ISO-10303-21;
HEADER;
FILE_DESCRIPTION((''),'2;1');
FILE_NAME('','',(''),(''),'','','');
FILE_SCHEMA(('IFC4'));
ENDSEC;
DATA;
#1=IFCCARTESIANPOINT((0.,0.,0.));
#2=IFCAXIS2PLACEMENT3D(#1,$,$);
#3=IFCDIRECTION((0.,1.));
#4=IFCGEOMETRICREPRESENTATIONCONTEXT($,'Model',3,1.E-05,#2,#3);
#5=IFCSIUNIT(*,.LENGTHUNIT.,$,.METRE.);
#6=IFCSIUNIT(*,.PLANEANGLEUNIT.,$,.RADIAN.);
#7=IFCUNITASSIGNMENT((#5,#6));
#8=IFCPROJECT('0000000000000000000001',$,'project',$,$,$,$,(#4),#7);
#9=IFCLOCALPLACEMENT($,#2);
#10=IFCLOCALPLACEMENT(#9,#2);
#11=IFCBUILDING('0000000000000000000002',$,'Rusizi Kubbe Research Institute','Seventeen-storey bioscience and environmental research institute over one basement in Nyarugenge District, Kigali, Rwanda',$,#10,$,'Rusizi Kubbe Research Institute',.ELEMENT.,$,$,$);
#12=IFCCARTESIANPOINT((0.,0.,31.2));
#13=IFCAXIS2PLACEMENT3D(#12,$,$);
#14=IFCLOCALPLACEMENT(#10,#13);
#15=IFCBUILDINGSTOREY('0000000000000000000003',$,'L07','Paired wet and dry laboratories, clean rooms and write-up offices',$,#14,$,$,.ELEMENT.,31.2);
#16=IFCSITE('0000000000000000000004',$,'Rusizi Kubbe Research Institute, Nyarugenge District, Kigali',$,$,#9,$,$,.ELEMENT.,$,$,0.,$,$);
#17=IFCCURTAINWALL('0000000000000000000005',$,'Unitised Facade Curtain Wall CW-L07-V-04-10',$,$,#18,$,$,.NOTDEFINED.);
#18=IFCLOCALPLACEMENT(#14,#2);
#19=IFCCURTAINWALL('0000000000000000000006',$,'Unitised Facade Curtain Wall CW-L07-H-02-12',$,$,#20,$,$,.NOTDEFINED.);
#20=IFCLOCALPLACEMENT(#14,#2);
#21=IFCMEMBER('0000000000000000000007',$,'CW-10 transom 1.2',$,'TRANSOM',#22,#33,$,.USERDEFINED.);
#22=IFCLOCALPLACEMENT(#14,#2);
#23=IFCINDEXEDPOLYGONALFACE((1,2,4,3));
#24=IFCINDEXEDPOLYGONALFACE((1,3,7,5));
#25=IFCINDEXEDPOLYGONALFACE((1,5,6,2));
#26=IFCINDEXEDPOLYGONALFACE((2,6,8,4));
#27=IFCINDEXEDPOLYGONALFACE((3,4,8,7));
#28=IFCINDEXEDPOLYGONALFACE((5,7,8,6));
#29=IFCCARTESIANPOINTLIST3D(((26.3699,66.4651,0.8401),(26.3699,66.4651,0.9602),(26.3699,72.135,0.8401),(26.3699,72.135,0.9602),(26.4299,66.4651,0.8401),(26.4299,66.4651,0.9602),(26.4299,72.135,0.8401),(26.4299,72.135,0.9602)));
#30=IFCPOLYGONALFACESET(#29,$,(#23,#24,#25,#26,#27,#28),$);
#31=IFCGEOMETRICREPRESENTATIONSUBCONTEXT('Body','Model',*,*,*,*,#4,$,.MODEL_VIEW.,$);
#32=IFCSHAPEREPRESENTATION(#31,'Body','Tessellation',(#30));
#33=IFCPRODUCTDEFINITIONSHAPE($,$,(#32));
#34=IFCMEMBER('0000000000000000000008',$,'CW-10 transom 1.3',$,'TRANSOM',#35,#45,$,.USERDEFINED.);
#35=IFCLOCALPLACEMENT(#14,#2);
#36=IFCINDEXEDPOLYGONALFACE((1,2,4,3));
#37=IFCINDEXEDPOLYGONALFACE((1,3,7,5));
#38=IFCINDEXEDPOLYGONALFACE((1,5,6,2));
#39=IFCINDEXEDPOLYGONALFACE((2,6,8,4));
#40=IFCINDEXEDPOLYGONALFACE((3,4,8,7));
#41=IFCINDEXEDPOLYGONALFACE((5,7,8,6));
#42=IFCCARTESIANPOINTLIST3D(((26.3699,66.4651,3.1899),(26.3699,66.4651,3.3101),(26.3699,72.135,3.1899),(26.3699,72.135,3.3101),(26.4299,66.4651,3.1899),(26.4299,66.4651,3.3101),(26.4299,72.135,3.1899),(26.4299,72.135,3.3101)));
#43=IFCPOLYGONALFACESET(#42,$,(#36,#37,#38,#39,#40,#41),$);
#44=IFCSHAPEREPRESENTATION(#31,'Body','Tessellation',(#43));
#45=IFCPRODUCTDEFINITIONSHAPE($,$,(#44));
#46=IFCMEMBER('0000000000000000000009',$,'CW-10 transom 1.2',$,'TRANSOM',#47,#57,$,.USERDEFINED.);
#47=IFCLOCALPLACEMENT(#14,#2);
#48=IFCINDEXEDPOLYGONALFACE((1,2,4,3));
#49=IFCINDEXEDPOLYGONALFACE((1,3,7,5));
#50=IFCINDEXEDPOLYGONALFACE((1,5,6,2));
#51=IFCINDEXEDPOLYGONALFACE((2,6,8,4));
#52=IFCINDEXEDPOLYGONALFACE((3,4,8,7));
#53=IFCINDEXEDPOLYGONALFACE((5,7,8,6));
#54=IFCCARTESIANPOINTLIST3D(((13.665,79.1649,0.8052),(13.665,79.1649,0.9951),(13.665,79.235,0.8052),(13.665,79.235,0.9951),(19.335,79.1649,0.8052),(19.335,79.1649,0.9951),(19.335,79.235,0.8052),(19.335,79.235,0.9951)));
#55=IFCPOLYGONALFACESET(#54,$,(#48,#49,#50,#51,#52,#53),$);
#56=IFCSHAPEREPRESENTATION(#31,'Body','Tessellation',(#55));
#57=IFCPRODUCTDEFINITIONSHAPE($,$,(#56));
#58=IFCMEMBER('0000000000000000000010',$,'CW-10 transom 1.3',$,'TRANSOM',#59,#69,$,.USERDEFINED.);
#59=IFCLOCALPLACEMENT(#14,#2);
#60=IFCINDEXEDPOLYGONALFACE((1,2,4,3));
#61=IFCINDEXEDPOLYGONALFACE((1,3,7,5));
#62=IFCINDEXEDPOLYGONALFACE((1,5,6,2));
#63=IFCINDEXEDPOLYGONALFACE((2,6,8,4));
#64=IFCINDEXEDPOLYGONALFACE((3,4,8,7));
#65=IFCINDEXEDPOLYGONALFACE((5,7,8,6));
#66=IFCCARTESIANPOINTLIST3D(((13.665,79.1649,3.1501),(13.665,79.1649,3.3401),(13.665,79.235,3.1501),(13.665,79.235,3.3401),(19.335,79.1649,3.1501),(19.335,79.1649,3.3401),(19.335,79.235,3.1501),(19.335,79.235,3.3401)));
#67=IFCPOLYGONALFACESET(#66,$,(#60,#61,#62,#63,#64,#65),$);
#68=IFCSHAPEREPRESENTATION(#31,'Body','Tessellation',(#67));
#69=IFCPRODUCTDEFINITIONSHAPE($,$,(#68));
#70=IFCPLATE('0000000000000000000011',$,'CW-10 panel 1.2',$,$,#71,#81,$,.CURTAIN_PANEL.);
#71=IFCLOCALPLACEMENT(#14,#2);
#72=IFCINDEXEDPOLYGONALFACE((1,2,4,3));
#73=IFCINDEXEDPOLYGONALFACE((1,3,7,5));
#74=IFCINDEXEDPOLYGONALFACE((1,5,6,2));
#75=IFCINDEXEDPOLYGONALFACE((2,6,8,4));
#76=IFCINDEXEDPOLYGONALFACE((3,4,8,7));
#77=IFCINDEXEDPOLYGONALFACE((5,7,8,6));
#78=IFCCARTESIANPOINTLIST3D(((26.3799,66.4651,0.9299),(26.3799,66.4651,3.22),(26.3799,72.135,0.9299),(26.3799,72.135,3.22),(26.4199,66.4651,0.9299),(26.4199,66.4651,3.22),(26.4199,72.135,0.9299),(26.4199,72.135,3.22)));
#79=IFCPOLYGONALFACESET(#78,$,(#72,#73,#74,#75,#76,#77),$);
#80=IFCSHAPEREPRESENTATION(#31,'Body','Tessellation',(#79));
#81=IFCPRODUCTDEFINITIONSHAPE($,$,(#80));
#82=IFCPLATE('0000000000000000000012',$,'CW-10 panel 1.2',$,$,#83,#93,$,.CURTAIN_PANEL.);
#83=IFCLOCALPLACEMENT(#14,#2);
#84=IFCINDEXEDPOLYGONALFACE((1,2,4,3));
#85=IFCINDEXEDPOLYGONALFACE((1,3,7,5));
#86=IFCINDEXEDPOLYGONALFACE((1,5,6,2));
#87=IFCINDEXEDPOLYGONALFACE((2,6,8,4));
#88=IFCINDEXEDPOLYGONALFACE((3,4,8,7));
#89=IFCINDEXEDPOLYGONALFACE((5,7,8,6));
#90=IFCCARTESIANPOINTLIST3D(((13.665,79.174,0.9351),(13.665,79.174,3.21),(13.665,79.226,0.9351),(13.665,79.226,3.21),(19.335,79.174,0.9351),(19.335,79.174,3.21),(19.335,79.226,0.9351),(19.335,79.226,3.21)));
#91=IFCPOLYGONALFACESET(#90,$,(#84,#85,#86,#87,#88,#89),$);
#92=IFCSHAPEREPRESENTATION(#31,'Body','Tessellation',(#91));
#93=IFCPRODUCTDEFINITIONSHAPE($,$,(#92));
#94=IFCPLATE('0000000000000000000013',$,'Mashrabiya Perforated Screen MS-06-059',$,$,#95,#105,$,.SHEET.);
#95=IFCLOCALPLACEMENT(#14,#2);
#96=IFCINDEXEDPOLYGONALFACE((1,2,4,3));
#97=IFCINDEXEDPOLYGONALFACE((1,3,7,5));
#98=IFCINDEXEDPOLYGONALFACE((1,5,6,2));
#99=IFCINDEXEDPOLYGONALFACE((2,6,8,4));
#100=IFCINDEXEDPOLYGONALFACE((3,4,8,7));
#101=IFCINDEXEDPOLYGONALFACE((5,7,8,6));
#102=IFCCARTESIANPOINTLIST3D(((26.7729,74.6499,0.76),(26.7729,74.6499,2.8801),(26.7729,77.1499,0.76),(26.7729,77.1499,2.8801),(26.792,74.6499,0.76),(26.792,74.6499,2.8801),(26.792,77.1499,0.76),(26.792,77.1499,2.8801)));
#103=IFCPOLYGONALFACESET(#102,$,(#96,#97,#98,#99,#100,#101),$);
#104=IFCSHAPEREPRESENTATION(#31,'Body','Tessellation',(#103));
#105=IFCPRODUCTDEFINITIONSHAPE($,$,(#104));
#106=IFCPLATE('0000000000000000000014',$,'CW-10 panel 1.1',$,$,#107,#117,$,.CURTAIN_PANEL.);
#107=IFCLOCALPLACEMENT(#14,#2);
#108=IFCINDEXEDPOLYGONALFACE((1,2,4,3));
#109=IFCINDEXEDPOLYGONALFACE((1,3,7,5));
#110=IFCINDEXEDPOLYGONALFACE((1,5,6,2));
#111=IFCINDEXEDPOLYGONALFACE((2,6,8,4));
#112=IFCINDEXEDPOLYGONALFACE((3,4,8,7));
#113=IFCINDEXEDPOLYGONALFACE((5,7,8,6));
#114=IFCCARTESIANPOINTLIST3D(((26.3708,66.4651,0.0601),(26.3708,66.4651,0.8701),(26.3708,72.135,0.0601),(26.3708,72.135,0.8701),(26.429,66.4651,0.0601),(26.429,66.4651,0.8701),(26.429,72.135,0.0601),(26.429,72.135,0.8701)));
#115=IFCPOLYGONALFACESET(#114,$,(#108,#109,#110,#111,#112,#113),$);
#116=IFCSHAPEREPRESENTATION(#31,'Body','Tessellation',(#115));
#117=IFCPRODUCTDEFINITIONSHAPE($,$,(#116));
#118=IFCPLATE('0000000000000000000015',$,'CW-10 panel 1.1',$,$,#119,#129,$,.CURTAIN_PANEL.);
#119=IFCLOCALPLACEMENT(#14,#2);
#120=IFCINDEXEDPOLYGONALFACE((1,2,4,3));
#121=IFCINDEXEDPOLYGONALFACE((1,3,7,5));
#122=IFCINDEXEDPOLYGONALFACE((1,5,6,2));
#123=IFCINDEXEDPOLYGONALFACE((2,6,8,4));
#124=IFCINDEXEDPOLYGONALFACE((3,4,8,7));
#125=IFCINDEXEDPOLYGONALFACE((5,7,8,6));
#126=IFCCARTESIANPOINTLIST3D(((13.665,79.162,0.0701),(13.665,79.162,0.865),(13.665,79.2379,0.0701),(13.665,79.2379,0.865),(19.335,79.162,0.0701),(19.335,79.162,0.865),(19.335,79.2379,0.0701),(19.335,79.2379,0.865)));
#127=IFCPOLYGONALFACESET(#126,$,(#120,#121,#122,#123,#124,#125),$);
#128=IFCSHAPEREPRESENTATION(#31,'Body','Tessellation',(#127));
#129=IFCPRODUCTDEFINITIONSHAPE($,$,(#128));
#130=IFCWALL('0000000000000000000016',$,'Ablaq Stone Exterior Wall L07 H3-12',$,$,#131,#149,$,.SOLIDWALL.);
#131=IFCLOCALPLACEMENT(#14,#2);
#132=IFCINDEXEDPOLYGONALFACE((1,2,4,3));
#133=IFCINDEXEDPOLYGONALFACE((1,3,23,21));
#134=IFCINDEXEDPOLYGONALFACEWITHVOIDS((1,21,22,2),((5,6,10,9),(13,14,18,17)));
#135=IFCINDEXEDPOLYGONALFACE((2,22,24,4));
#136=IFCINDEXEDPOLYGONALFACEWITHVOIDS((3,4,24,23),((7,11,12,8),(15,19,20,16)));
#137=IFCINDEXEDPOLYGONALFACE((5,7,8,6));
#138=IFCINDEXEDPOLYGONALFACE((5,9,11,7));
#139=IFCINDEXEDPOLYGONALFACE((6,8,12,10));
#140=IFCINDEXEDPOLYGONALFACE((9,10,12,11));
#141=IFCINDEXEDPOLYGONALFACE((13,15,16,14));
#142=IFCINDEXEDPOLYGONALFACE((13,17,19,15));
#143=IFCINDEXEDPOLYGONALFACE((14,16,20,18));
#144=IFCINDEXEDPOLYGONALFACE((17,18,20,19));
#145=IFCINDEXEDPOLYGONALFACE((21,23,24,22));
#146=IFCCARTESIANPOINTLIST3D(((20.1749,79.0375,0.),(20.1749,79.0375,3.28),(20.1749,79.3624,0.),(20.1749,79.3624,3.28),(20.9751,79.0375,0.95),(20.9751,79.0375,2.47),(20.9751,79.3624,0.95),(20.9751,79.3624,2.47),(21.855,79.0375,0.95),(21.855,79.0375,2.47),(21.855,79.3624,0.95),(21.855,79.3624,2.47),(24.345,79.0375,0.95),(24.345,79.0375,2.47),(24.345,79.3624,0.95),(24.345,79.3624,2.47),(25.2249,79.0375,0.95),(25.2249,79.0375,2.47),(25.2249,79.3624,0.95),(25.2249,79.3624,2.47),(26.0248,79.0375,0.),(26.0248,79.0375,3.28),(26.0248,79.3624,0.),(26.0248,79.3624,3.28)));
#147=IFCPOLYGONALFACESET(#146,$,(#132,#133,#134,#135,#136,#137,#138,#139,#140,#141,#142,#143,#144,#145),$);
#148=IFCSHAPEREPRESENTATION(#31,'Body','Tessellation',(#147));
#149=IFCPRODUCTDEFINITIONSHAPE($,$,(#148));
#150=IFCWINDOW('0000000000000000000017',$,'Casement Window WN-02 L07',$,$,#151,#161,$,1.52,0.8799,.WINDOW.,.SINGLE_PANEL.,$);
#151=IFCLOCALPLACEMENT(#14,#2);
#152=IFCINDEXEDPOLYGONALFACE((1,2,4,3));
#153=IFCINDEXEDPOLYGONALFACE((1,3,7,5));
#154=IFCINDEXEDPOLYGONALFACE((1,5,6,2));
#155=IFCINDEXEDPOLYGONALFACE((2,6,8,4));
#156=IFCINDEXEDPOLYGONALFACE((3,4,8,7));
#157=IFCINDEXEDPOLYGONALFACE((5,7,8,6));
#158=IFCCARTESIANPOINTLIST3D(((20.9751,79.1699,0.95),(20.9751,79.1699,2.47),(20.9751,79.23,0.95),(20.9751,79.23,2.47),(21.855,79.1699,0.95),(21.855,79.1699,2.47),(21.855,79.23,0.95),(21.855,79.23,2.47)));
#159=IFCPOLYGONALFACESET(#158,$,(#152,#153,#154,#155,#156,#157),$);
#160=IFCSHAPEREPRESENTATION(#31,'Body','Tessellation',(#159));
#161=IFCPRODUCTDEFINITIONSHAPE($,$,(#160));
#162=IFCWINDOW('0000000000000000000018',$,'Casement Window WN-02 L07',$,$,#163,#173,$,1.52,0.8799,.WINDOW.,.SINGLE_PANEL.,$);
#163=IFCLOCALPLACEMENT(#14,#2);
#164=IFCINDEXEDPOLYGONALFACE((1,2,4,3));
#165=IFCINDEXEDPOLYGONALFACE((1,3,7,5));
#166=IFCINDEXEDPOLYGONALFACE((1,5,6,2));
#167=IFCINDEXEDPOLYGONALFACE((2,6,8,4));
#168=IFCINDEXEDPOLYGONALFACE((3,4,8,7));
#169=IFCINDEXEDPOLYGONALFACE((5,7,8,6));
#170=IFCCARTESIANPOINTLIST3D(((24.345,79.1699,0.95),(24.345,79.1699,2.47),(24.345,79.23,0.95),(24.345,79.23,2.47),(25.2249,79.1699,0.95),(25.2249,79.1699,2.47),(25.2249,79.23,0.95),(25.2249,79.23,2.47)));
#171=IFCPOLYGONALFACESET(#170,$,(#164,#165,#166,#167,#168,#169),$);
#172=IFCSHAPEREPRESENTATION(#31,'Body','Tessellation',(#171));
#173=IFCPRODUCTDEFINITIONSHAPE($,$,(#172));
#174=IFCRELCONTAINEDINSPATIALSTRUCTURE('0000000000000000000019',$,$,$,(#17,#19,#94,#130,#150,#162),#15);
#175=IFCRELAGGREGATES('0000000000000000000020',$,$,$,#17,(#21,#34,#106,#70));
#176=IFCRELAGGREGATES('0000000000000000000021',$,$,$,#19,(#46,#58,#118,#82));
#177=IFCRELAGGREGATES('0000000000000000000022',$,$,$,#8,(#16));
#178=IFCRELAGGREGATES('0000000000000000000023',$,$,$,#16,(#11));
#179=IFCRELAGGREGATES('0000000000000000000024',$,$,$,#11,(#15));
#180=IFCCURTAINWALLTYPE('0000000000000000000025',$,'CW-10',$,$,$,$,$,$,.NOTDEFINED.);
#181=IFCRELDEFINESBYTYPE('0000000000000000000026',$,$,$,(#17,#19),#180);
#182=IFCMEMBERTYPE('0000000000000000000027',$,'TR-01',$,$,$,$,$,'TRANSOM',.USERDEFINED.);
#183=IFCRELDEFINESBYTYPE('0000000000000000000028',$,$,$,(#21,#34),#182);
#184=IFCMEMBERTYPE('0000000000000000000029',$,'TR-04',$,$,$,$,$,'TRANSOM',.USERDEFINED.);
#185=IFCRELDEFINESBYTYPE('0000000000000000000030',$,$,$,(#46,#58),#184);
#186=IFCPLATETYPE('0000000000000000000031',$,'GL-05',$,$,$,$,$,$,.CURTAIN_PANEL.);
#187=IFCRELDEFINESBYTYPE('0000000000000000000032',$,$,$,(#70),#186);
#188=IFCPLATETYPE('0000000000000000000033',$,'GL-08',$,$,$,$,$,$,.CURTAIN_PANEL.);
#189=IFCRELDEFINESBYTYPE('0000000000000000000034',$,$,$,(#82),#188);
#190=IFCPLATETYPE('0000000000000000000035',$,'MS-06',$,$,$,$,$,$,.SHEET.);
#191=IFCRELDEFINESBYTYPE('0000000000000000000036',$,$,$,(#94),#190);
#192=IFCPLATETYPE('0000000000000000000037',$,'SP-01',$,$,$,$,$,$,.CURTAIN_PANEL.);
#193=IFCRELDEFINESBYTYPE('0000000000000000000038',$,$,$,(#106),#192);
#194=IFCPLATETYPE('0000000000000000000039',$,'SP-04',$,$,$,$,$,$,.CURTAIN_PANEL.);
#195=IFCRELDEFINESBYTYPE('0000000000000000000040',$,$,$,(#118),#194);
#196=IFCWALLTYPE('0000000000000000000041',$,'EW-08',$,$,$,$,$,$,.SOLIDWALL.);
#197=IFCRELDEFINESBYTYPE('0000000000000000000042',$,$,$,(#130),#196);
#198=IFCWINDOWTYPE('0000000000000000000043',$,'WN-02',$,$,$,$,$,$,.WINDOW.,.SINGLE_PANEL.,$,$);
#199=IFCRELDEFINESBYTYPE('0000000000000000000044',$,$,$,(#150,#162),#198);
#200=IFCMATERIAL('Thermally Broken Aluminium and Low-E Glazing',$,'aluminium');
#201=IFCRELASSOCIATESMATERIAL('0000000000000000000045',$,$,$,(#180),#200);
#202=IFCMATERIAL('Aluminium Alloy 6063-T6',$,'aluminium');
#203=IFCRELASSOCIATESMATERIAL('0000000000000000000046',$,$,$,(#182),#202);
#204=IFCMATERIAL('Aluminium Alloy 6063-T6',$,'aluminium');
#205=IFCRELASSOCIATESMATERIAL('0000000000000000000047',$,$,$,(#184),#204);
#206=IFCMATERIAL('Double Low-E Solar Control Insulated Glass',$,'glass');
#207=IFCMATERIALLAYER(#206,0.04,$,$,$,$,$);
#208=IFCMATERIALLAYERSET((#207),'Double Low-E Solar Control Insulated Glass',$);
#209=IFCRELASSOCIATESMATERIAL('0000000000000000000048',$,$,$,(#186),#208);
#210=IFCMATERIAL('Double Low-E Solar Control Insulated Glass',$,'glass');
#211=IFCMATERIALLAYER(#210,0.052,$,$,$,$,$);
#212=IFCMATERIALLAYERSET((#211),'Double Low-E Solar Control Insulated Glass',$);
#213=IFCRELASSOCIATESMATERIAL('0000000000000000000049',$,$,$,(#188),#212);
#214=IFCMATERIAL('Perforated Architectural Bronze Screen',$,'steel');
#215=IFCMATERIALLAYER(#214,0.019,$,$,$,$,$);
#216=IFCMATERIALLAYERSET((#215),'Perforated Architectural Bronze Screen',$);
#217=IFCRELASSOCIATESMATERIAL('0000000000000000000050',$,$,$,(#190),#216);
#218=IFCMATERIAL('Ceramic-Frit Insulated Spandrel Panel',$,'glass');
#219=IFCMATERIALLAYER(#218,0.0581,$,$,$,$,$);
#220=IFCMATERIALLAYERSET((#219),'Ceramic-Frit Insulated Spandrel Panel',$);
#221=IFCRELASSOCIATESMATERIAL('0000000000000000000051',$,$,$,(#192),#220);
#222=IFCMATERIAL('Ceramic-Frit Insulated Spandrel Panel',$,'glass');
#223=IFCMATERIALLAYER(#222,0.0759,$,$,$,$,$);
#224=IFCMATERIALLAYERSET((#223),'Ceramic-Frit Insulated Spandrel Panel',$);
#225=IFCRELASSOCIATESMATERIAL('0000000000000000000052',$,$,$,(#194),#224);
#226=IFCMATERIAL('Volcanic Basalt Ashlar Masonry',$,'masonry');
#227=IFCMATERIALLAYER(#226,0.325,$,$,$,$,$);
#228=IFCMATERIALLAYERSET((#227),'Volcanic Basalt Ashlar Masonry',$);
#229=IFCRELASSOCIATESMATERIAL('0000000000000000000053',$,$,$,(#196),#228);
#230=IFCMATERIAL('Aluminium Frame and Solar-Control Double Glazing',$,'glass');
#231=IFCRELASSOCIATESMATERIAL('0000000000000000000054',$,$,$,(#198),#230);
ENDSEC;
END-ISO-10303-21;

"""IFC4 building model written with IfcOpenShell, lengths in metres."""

from ifc_helpers import new_model, si_unit, direction, frame, frame_2d, origin, origin_2d, place, context, subcontext, project, spatial, rectangle, extrude, material, layer, layer_set, material_profile, profile_set, type_object, element, fill, aggregate, save


model = new_model("IFC4")

# Units and contexts
model_context = context("Model", 3, precision=1e-05, world=origin(), true_north=direction((0.0, 1.0)))
body_context = subcontext(model_context, "Body", "Model", "MODEL_VIEW")
ifc_project = project(units=[si_unit("LENGTHUNIT", "METRE"), si_unit("PLANEANGLEUNIT", "RADIAN")], contexts=[model_context])

# Site, building, storey
site_placement = place(None, origin())
site = spatial("IfcSite", under=ifc_project, at=site_placement, Name="Rusizi Kubbe Research Institute, Nyarugenge District, Kigali", CompositionType="ELEMENT", RefElevation=0.0)
building_placement = place(site_placement, origin())
building = spatial("IfcBuilding", under=site, at=building_placement, Name="Rusizi Kubbe Research Institute", Description="Seventeen-storey bioscience and environmental research institute over one basement in Nyarugenge District, Kigali, Rwanda", LongName="Rusizi Kubbe Research Institute", CompositionType="ELEMENT")
storey_placement = place(building_placement, frame((0.0, 0.0, 31.2)))
storey = spatial("IfcBuildingStorey", under=building, at=storey_placement, Name="L07", Description="Paired wet and dry laboratories, clean rooms and write-up offices", CompositionType="ELEMENT", Elevation=31.2)

# Curtain wall
ifc_material_1 = material(Name="Thermally Broken Aluminium and Low-E Glazing", Category="aluminium")
curtain_wall_type = type_object("IfcCurtainWallType", Name="CW-10", PredefinedType="NOTDEFINED", material=ifc_material_1)
curtain_wall_1_placement = place(storey_placement, origin())
curtain_wall_1 = element("IfcCurtainWall", 1, at=curtain_wall_1_placement, inside=storey, type_object=curtain_wall_type, Name="Unitised Facade Curtain Wall CW-L07-V-04-10", PredefinedType="NOTDEFINED")

# Curtain wall
curtain_wall_2_placement = place(storey_placement, origin())
curtain_wall_2 = element("IfcCurtainWall", 2, at=curtain_wall_2_placement, inside=storey, type_object=curtain_wall_type, Name="Unitised Facade Curtain Wall CW-L07-H-02-12", PredefinedType="NOTDEFINED")

# Members
ifc_material_2 = material(Name="Aluminium Alloy 6063-T6", Category="aluminium")
ifc_material_profile_1 = material_profile(ifc_material_2, rectangle(XDim=0.0601, YDim=0.1201, at=origin_2d()), Name="ALU-T 60x120")
ifc_profile_set_1 = profile_set([ifc_material_profile_1], Name="Aluminium Alloy 6063-T6")
member_type_1 = type_object("IfcMemberType", Name="TR-01", ElementType="TRANSOM", PredefinedType="USERDEFINED", material=ifc_profile_set_1)
member_1_placement = place(storey_placement, frame((26.3999, 66.4651, 0.9001), z_axis=(0.0, 1.0, 0.0), x_axis=(-1.0, 0.0, 0.0)))
member_1 = element("IfcMember", 3, at=member_1_placement, type_object=member_type_1, Name="CW-10 transom 1.2", ObjectType="TRANSOM", PredefinedType="USERDEFINED", context=body_context, shape_type="SweptSolid", body=[
    extrude(rectangle(XDim=0.0601, YDim=0.1201, at=origin_2d()), origin(), (0.0, 0.0, 1.0), 5.6699),
])
member_2_placement = place(storey_placement, frame((26.3999, 66.4651, 3.25), z_axis=(0.0, 1.0, 0.0), x_axis=(-1.0, 0.0, 0.0)))
member_2 = element("IfcMember", 4, at=member_2_placement, type_object=member_type_1, Name="CW-10 transom 1.3", ObjectType="TRANSOM", PredefinedType="USERDEFINED", context=body_context, shape_type="SweptSolid", body=[
    extrude(rectangle(XDim=0.0601, YDim=0.1201, at=origin_2d()), origin(), (0.0, 0.0, 1.0), 5.6699),
])
ifc_material_3 = material(Name="Aluminium Alloy 6063-T6", Category="aluminium")
ifc_material_profile_2 = material_profile(ifc_material_3, rectangle(XDim=0.0701, YDim=0.1899, at=origin_2d()), Name="ALU-T 70x190")
ifc_profile_set_2 = profile_set([ifc_material_profile_2], Name="Aluminium Alloy 6063-T6")
member_type_2 = type_object("IfcMemberType", Name="TR-04", ElementType="TRANSOM", PredefinedType="USERDEFINED", material=ifc_profile_set_2)
member_3_placement = place(storey_placement, frame((13.665, 79.2, 0.9001), z_axis=(1.0, 0.0, 0.0), x_axis=(0.0, 1.0, 0.0)))
member_3 = element("IfcMember", 5, at=member_3_placement, type_object=member_type_2, Name="CW-10 transom 1.2", ObjectType="TRANSOM", PredefinedType="USERDEFINED", context=body_context, shape_type="SweptSolid", body=[
    extrude(rectangle(XDim=0.0701, YDim=0.1899, at=origin_2d()), origin(), (0.0, 0.0, 1.0), 5.6699),
])
member_4_placement = place(storey_placement, frame((13.665, 79.2, 3.2451), z_axis=(1.0, 0.0, 0.0), x_axis=(0.0, 1.0, 0.0)))
member_4 = element("IfcMember", 6, at=member_4_placement, type_object=member_type_2, Name="CW-10 transom 1.3", ObjectType="TRANSOM", PredefinedType="USERDEFINED", context=body_context, shape_type="SweptSolid", body=[
    extrude(rectangle(XDim=0.0701, YDim=0.1899, at=origin_2d()), origin(), (0.0, 0.0, 1.0), 5.6699),
])

# Plates
ifc_material_4 = material(Name="Double Low-E Solar Control Insulated Glass", Category="glass")
ifc_layer_1 = layer(ifc_material_4, 0.04)
ifc_layer_set_1 = layer_set([ifc_layer_1], Name="Double Low-E Solar Control Insulated Glass")
plate_type_1 = type_object("IfcPlateType", Name="GL-05", PredefinedType="CURTAIN_PANEL", material=ifc_layer_set_1)
plate_1_placement = place(storey_placement, frame((26.3999, 69.3, 0.9299), z_axis=(0.0, 0.0, 1.0), x_axis=(0.0, 1.0, 0.0)))
plate_1 = element("IfcPlate", 7, at=plate_1_placement, type_object=plate_type_1, Name="CW-10 panel 1.2", PredefinedType="CURTAIN_PANEL", context=body_context, shape_type="SweptSolid", body=[
    extrude(rectangle(XDim=5.6699, YDim=0.04, at=origin_2d()), origin(), (0.0, 0.0, 1.0), 2.29),
])
ifc_material_5 = material(Name="Double Low-E Solar Control Insulated Glass", Category="glass")
ifc_layer_2 = layer(ifc_material_5, 0.052)
ifc_layer_set_2 = layer_set([ifc_layer_2], Name="Double Low-E Solar Control Insulated Glass")
plate_type_2 = type_object("IfcPlateType", Name="GL-08", PredefinedType="CURTAIN_PANEL", material=ifc_layer_set_2)
plate_2_placement = place(storey_placement, frame((16.5, 79.2, 0.9351), z_axis=(0.0, 0.0, 1.0), x_axis=(1.0, 0.0, 0.0)))
plate_2 = element("IfcPlate", 8, at=plate_2_placement, type_object=plate_type_2, Name="CW-10 panel 1.2", PredefinedType="CURTAIN_PANEL", context=body_context, shape_type="SweptSolid", body=[
    extrude(rectangle(XDim=5.6699, YDim=0.052, at=origin_2d()), origin(), (0.0, 0.0, 1.0), 2.2749),
])
ifc_material_6 = material(Name="Perforated Architectural Bronze Screen", Category="steel")
ifc_layer_3 = layer(ifc_material_6, 0.019)
ifc_layer_set_3 = layer_set([ifc_layer_3], Name="Perforated Architectural Bronze Screen")
plate_type_3 = type_object("IfcPlateType", Name="MS-06", PredefinedType="SHEET", material=ifc_layer_set_3)
plate_3_placement = place(storey_placement, frame((26.7825, 75.8999, 0.76), z_axis=(0.0, 0.0, 1.0), x_axis=(0.0, 1.0, 0.0)))
element("IfcPlate", 9, at=plate_3_placement, inside=storey, type_object=plate_type_3, Name="Mashrabiya Perforated Screen MS-06-059", PredefinedType="SHEET", context=body_context, shape_type="SweptSolid", body=[
    extrude(rectangle(XDim=2.5, YDim=0.019, at=origin_2d()), origin(), (0.0, 0.0, 1.0), 2.1201),
])
ifc_material_7 = material(Name="Ceramic-Frit Insulated Spandrel Panel", Category="glass")
ifc_layer_4 = layer(ifc_material_7, 0.0581)
ifc_layer_set_4 = layer_set([ifc_layer_4], Name="Ceramic-Frit Insulated Spandrel Panel")
plate_type_4 = type_object("IfcPlateType", Name="SP-01", PredefinedType="CURTAIN_PANEL", material=ifc_layer_set_4)
plate_4_placement = place(storey_placement, frame((26.3999, 69.3, 0.0601), z_axis=(0.0, 0.0, 1.0), x_axis=(0.0, 1.0, 0.0)))
plate_4 = element("IfcPlate", 10, at=plate_4_placement, type_object=plate_type_4, Name="CW-10 panel 1.1", PredefinedType="CURTAIN_PANEL", context=body_context, shape_type="SweptSolid", body=[
    extrude(rectangle(XDim=5.6699, YDim=0.0581, at=origin_2d()), origin(), (0.0, 0.0, 1.0), 0.8101),
])
aggregate(curtain_wall_1, [member_1, member_2, plate_4, plate_1])
ifc_material_8 = material(Name="Ceramic-Frit Insulated Spandrel Panel", Category="glass")
ifc_layer_5 = layer(ifc_material_8, 0.0759)
ifc_layer_set_5 = layer_set([ifc_layer_5], Name="Ceramic-Frit Insulated Spandrel Panel")
plate_type_5 = type_object("IfcPlateType", Name="SP-04", PredefinedType="CURTAIN_PANEL", material=ifc_layer_set_5)
plate_5_placement = place(storey_placement, frame((16.5, 79.2, 0.0701), z_axis=(0.0, 0.0, 1.0), x_axis=(1.0, 0.0, 0.0)))
plate_5 = element("IfcPlate", 11, at=plate_5_placement, type_object=plate_type_5, Name="CW-10 panel 1.1", PredefinedType="CURTAIN_PANEL", context=body_context, shape_type="SweptSolid", body=[
    extrude(rectangle(XDim=5.6699, YDim=0.0759, at=origin_2d()), origin(), (0.0, 0.0, 1.0), 0.7949),
])
aggregate(curtain_wall_2, [member_3, member_4, plate_5, plate_2])

# Wall, openings, windows
ifc_material_9 = material(Name="Volcanic Basalt Ashlar Masonry", Category="masonry")
ifc_layer_6 = layer(ifc_material_9, 0.325)
ifc_layer_set_6 = layer_set([ifc_layer_6], Name="Volcanic Basalt Ashlar Masonry")
wall_type_1 = type_object("IfcWallType", Name="EW-08", PredefinedType="SOLIDWALL", material=ifc_layer_set_6)
wall_1_placement = place(storey_placement, frame((20.175, 79.2, 0.0), z_axis=(0.0, 0.0, 1.0), x_axis=(1.0, 0.0, 0.0)))
wall_1 = element("IfcWall", 12, at=wall_1_placement, inside=storey, type_object=wall_type_1, Name="Ablaq Stone Exterior Wall L07 H3-12", PredefinedType="SOLIDWALL", context=body_context, shape_type="SweptSolid", body=[
    extrude(rectangle(XDim=5.8499, YDim=0.325, at=frame_2d((2.9248, 0.0))), origin(), (0.0, 0.0, 1.0), 3.28),
])
opening_1_placement = place(wall_1_placement, frame((0.8, 0.0, 0.95)))
opening_1 = element("IfcOpeningElement", 13, at=opening_1_placement, cuts=wall_1, PredefinedType="OPENING", context=body_context, shape_type="SweptSolid", body=[
    extrude(rectangle(XDim=0.8799, YDim=1.52, at=frame_2d((0.4399, 0.76))), frame((0.0, 0.1724, 0.0), z_axis=(0.0, -1.0, 0.0), x_axis=(1.0, 0.0, 0.0)), (0.0, 0.0, 1.0), 0.345),
])
opening_2_placement = place(wall_1_placement, frame((4.1699, 0.0, 0.95)))
opening_2 = element("IfcOpeningElement", 14, at=opening_2_placement, cuts=wall_1, PredefinedType="OPENING", context=body_context, shape_type="SweptSolid", body=[
    extrude(rectangle(XDim=0.8799, YDim=1.52, at=frame_2d((0.4399, 0.76))), frame((0.0, 0.1724, 0.0), z_axis=(0.0, -1.0, 0.0), x_axis=(1.0, 0.0, 0.0)), (0.0, 0.0, 1.0), 0.345),
])
ifc_material_10 = material(Name="Aluminium Frame and Solar-Control Double Glazing", Category="glass")
window_type_1 = type_object("IfcWindowType", Name="WN-02", PartitioningType="SINGLE_PANEL", PredefinedType="WINDOW", material=ifc_material_10)
window_1_placement = place(opening_1_placement, origin())
window_1 = element("IfcWindow", 15, at=window_1_placement, inside=storey, type_object=window_type_1, Name="Casement Window WN-02 L07", OverallHeight=1.52, OverallWidth=0.8799, PartitioningType="SINGLE_PANEL", PredefinedType="WINDOW", context=body_context, shape_type="SweptSolid", body=[
    extrude(rectangle(XDim=0.8799, YDim=1.52, at=frame_2d((0.4399, 0.76))), frame((0.0, 0.03, 0.0), z_axis=(0.0, -1.0, 0.0), x_axis=(1.0, 0.0, 0.0)), (0.0, 0.0, 1.0), 0.0601),
])
fill(opening_1, window_1)
window_2_placement = place(opening_2_placement, origin())
window_2 = element("IfcWindow", 16, at=window_2_placement, inside=storey, type_object=window_type_1, Name="Casement Window WN-02 L07", OverallHeight=1.52, OverallWidth=0.8799, PartitioningType="SINGLE_PANEL", PredefinedType="WINDOW", context=body_context, shape_type="SweptSolid", body=[
    extrude(rectangle(XDim=0.8799, YDim=1.52, at=frame_2d((0.4399, 0.76))), frame((0.0, 0.03, 0.0), z_axis=(0.0, -1.0, 0.0), x_axis=(1.0, 0.0, 0.0)), (0.0, 0.0, 1.0), 0.0601),
])
fill(opening_2, window_2)

save(model, "model.ifc")
